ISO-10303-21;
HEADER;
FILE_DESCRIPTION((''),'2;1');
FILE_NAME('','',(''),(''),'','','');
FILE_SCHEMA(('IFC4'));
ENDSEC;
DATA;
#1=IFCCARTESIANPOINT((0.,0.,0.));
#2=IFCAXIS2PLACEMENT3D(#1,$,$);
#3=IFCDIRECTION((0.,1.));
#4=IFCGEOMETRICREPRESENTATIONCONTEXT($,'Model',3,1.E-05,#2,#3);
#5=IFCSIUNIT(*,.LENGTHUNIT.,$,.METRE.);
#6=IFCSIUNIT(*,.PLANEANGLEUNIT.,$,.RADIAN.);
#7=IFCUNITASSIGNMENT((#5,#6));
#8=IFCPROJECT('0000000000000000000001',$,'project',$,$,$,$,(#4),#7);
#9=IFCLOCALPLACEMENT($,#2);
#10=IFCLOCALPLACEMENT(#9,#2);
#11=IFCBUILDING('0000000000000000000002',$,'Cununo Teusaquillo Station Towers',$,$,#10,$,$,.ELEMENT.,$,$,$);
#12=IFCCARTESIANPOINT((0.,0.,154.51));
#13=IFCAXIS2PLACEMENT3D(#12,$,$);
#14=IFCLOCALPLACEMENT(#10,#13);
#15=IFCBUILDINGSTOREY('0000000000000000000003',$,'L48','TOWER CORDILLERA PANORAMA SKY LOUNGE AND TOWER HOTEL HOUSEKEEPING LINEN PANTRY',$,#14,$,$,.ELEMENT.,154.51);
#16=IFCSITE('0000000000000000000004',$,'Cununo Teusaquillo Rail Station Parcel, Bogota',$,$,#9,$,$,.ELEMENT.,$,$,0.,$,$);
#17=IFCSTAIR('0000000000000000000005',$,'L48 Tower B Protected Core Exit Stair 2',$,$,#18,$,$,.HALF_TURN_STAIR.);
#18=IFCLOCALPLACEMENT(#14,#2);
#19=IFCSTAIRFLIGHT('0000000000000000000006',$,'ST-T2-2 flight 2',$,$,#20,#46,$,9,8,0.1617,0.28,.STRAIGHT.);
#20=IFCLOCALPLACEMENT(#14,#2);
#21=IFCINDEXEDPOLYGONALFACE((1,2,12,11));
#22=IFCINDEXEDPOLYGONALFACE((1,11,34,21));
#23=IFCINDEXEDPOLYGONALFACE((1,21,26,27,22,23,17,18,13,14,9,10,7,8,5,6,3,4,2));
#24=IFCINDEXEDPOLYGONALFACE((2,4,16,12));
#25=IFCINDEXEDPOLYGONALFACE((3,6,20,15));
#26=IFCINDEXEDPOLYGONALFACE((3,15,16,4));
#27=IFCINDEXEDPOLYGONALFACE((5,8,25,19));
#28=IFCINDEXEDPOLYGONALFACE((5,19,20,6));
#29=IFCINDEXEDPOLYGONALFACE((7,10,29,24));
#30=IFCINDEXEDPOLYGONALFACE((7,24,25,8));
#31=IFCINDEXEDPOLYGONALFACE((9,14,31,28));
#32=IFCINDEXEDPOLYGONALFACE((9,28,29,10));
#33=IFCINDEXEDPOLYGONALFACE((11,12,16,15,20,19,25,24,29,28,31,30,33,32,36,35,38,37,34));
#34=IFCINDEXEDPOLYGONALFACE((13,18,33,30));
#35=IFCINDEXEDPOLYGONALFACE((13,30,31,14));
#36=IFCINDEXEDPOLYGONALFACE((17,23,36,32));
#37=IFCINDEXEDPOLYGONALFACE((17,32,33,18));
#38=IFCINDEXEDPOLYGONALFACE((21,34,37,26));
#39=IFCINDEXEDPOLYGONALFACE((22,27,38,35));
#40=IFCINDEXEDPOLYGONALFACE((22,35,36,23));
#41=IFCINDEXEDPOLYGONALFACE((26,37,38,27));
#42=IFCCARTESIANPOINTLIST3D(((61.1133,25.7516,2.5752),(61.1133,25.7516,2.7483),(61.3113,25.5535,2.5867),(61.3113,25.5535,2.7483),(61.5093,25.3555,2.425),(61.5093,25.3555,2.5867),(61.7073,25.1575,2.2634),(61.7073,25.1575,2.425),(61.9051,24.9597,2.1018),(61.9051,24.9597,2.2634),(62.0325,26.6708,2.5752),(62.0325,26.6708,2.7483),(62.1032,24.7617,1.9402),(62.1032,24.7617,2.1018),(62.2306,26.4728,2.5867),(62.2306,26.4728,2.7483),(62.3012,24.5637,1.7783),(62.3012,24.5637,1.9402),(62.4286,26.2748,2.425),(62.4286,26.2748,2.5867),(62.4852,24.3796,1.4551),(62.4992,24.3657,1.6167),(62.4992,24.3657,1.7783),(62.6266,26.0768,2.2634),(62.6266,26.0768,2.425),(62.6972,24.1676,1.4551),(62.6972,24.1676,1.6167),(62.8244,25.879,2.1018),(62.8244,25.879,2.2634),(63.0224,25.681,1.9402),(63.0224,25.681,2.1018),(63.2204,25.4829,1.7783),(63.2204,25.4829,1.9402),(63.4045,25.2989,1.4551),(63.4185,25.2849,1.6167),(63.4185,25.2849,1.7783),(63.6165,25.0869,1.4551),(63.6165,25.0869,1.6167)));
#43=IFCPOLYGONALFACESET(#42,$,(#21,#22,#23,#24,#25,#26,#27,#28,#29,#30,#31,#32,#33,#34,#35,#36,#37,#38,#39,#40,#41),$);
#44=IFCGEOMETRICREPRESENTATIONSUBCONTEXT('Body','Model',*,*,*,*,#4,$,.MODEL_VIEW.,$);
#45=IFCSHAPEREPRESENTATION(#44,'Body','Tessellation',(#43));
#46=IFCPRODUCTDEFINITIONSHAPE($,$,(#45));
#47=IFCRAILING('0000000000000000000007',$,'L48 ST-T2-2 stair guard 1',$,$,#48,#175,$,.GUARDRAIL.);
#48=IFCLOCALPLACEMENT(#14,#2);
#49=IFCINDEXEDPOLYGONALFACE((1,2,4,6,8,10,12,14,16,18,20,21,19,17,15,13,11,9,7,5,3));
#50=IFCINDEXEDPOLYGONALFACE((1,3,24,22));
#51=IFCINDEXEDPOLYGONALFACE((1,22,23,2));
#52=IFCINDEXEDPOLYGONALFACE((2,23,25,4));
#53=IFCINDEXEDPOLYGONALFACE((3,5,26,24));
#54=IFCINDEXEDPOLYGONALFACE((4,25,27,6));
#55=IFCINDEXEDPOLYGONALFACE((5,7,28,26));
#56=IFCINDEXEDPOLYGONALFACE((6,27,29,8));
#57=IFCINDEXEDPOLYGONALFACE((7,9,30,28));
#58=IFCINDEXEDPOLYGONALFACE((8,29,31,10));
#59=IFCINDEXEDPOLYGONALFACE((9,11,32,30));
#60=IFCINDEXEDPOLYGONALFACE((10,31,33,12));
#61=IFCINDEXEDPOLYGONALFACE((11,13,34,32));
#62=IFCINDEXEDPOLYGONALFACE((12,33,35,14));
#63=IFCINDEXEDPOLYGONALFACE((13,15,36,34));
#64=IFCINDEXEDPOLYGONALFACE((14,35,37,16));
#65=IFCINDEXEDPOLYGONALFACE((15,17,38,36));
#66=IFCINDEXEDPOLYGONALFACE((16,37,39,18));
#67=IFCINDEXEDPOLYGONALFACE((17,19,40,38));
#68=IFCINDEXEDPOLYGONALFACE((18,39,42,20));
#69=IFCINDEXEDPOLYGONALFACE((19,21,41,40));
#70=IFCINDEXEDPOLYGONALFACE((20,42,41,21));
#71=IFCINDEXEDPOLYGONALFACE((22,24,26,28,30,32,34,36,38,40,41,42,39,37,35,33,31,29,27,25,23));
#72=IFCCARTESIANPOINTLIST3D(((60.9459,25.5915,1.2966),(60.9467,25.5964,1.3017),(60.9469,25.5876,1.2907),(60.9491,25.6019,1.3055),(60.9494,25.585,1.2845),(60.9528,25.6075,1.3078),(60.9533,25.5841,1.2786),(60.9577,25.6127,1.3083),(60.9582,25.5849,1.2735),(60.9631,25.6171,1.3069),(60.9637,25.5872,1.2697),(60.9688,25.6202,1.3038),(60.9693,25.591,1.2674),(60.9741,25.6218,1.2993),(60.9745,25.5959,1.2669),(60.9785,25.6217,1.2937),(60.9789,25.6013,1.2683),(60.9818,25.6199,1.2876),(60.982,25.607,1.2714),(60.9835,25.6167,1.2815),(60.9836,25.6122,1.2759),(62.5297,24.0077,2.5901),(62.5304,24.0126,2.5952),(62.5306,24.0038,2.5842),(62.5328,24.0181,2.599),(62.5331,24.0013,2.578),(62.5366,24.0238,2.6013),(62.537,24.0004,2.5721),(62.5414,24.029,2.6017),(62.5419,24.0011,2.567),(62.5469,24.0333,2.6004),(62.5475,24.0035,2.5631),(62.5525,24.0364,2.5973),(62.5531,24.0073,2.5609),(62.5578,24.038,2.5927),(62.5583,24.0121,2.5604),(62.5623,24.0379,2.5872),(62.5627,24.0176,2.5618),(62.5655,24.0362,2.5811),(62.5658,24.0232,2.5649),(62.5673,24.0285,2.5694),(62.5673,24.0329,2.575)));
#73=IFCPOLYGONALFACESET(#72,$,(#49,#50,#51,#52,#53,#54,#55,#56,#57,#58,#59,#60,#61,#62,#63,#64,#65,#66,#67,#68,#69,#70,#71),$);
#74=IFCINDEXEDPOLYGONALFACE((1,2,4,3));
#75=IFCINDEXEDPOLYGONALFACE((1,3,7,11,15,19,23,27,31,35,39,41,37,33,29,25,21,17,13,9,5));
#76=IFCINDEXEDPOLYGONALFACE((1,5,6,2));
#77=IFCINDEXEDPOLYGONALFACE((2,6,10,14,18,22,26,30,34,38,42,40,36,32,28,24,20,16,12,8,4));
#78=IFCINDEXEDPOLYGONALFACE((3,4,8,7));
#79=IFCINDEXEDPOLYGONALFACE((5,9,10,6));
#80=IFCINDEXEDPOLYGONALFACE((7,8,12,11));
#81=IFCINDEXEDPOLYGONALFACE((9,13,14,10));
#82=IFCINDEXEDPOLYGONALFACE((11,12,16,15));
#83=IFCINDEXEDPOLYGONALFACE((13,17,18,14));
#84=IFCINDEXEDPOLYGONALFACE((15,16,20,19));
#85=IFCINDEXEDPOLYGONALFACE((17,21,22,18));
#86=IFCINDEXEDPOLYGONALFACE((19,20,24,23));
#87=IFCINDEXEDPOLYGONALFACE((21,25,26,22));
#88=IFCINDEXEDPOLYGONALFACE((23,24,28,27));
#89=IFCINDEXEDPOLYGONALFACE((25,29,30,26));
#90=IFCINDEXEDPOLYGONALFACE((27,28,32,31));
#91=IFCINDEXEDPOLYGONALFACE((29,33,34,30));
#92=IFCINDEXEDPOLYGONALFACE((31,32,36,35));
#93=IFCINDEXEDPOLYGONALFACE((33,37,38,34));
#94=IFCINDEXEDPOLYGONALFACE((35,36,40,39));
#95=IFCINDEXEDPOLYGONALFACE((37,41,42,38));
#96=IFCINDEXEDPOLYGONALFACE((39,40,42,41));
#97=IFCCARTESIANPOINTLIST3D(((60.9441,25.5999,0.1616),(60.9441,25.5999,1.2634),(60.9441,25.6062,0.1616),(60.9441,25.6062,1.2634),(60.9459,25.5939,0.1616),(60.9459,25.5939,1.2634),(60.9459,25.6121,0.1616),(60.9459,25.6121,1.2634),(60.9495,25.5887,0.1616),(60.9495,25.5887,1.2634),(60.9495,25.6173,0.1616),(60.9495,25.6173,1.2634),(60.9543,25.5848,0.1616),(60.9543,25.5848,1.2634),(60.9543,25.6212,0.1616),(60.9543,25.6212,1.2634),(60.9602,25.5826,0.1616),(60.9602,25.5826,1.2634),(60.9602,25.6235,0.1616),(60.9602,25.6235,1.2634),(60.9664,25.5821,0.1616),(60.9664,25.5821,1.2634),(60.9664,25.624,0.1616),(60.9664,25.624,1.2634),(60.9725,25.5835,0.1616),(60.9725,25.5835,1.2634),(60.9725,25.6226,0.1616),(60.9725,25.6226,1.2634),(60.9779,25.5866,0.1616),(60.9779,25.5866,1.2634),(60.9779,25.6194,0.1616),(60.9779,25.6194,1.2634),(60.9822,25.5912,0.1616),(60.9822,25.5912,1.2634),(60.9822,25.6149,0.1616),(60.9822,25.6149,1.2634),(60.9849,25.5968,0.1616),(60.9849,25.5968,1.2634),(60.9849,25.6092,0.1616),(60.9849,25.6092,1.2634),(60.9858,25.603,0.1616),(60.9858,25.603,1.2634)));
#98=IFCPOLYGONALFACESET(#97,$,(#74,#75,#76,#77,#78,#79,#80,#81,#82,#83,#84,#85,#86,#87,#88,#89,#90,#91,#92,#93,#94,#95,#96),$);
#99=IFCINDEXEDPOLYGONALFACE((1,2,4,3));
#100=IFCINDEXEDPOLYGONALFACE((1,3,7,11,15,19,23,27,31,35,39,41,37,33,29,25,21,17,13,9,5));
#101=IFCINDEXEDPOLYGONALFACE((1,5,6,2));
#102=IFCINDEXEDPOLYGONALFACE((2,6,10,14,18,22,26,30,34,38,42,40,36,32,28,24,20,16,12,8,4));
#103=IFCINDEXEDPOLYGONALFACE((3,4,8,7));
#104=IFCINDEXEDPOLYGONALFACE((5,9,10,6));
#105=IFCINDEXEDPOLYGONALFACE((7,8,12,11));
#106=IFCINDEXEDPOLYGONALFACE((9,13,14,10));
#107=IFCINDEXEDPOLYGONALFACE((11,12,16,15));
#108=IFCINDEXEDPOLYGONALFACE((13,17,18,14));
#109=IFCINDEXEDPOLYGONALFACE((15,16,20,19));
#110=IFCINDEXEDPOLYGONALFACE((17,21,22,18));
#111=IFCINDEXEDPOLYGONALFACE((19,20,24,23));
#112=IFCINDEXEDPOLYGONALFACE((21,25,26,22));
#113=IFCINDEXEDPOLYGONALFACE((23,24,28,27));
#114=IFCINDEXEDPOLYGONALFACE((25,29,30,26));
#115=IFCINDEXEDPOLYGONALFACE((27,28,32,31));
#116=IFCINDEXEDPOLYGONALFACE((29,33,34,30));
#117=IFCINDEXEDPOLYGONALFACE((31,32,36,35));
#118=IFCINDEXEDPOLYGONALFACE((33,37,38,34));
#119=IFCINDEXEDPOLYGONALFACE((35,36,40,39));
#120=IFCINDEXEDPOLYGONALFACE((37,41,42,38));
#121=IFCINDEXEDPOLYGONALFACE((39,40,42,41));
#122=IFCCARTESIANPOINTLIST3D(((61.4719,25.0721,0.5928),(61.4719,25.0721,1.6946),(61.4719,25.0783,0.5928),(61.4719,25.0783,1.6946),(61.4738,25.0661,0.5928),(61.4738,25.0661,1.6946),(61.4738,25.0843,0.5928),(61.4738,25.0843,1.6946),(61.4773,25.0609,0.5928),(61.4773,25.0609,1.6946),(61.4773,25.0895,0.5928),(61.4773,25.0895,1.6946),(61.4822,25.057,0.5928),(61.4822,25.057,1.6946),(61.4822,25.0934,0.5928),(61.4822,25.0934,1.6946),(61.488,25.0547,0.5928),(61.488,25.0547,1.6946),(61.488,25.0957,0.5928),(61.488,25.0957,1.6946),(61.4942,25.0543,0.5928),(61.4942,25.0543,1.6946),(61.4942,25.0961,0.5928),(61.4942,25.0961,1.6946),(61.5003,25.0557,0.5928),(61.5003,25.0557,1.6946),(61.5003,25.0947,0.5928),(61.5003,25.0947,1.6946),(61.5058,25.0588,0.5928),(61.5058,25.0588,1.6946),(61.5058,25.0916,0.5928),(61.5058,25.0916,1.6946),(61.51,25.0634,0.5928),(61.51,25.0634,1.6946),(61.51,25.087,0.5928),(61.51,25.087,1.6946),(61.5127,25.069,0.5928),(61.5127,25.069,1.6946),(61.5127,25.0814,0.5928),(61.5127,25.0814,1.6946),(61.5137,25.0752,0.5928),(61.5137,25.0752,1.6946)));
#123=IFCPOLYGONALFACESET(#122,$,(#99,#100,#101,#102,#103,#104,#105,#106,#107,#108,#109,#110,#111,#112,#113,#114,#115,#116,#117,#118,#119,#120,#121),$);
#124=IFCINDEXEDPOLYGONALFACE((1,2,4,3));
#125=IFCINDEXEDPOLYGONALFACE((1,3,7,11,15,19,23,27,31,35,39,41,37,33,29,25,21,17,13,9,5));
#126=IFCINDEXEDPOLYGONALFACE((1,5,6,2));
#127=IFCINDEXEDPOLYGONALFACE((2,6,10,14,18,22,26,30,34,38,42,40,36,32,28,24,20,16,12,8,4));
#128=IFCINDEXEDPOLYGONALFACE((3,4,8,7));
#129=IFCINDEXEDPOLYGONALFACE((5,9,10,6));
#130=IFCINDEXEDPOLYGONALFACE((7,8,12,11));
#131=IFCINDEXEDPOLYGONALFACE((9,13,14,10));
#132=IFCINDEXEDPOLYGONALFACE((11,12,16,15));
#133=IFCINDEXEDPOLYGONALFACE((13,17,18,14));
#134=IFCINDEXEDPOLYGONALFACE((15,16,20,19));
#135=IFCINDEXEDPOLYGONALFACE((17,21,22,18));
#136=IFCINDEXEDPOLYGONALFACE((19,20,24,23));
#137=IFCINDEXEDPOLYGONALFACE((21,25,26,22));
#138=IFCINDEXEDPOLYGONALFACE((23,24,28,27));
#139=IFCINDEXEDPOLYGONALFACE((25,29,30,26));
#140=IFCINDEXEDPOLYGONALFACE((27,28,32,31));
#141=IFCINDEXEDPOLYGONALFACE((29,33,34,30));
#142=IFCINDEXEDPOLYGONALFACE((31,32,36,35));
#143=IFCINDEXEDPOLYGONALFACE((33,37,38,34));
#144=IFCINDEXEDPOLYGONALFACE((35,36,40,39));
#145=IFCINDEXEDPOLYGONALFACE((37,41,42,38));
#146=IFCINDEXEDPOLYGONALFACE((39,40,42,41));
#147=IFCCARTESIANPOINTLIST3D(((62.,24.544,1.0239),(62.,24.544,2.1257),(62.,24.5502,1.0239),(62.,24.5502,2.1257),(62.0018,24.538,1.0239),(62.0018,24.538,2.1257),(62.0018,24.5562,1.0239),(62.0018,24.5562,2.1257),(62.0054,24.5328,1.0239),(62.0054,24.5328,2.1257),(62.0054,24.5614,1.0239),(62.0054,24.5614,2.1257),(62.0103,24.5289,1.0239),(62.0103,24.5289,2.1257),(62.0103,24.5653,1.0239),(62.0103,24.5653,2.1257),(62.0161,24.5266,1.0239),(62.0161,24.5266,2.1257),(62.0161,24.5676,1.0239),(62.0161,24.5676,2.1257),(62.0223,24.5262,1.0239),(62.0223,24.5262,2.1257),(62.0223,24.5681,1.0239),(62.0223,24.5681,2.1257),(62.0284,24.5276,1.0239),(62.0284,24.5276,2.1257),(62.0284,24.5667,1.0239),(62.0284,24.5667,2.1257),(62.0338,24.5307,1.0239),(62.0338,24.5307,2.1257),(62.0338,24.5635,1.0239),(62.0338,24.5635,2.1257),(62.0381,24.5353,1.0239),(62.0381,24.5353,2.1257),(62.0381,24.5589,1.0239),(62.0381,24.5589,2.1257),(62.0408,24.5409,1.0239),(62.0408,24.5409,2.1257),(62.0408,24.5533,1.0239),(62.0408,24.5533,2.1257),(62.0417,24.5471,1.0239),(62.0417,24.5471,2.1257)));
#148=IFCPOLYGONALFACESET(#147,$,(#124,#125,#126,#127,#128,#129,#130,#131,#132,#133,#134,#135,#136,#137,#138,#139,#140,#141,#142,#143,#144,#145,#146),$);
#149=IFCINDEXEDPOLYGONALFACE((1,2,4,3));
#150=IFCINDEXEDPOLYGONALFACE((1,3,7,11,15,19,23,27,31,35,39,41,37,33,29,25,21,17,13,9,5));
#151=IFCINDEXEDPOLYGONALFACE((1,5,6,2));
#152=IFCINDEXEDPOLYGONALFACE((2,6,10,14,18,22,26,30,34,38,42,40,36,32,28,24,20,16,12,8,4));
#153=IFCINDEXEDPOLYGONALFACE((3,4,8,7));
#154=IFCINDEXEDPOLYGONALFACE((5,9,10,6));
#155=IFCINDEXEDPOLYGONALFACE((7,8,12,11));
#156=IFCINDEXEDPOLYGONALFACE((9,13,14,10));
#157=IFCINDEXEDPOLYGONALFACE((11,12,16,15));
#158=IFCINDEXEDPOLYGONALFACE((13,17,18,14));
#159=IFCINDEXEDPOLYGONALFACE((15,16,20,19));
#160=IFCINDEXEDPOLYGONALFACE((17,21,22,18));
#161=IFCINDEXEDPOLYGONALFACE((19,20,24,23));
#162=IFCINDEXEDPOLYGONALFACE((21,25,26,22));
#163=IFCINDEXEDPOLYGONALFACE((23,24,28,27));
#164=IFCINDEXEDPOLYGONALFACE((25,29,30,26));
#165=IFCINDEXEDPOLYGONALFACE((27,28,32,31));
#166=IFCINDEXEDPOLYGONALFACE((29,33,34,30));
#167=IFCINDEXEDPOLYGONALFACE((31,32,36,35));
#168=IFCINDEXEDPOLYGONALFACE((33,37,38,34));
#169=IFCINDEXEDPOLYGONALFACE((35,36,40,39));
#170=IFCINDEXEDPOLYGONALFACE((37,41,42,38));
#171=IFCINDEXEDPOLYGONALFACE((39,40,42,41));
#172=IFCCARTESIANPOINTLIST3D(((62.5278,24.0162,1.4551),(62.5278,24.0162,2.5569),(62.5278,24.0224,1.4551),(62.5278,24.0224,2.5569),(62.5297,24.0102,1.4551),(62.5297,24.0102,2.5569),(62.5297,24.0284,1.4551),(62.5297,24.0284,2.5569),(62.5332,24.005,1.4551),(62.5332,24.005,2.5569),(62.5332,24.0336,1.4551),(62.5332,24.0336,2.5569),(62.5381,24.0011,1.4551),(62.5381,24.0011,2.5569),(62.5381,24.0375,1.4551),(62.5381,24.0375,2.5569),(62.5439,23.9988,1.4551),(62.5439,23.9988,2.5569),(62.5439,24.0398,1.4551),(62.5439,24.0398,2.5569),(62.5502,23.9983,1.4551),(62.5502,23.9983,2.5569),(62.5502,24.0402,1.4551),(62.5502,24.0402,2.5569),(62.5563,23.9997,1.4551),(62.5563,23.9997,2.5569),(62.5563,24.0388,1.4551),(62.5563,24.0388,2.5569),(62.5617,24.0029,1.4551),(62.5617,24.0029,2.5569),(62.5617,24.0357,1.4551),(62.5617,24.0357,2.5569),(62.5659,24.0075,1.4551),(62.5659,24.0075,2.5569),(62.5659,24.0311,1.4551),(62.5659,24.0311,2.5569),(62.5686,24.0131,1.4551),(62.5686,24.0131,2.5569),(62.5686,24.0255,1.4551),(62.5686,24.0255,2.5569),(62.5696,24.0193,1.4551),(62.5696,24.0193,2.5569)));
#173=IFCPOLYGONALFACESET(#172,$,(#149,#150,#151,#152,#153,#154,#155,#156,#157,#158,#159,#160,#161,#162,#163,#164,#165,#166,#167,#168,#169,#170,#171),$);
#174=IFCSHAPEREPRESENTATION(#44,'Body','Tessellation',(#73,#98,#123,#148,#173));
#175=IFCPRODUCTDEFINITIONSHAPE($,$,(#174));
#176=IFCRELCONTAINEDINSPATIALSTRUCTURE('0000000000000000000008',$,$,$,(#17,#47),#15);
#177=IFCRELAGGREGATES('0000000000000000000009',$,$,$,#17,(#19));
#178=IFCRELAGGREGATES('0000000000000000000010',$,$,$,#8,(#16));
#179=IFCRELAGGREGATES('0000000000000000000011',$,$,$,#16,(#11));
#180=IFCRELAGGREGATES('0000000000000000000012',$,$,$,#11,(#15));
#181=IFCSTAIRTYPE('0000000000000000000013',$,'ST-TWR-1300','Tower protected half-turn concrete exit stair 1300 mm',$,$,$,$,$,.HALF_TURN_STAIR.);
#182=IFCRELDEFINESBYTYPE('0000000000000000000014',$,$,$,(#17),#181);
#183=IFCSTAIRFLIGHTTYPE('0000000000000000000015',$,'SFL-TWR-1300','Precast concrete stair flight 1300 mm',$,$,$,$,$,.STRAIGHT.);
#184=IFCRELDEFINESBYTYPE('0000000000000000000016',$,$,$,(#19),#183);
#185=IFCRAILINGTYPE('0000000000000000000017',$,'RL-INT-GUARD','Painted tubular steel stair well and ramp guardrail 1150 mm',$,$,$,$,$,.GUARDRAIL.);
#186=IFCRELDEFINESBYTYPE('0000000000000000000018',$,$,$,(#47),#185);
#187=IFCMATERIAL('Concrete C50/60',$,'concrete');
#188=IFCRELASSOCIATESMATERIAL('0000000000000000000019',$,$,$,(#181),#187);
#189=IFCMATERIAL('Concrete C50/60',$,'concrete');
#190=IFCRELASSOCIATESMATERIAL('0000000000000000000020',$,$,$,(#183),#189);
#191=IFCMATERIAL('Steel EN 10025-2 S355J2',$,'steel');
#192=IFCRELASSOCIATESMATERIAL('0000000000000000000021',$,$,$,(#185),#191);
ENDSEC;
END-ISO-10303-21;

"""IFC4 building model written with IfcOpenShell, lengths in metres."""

from ifc_helpers import new_model, si_unit, direction, frame, origin, origin_2d, place, context, subcontext, project, spatial, polyline, circle, outline, extrude, material, type_object, element, aggregate, save


model = new_model("IFC4")

# Units and contexts
model_context = context("Model", 3, precision=1e-05, world=origin(), true_north=direction((0.0, 1.0)))
body_context = subcontext(model_context, "Body", "Model", "MODEL_VIEW")
ifc_project = project(units=[si_unit("LENGTHUNIT", "METRE"), si_unit("PLANEANGLEUNIT", "RADIAN")], contexts=[model_context])

# Site, building, storey
site_placement = place(None, origin())
site = spatial("IfcSite", under=ifc_project, at=site_placement, Name="Cununo Teusaquillo Rail Station Parcel, Bogota", CompositionType="ELEMENT", RefElevation=0.0)
building_placement = place(site_placement, origin())
building = spatial("IfcBuilding", under=site, at=building_placement, Name="Cununo Teusaquillo Station Towers", CompositionType="ELEMENT")
storey_placement = place(building_placement, frame((0.0, 0.0, 154.51)))
storey = spatial("IfcBuildingStorey", under=building, at=storey_placement, Name="L48", Description="TOWER CORDILLERA PANORAMA SKY LOUNGE AND TOWER HOTEL HOUSEKEEPING LINEN PANTRY", CompositionType="ELEMENT", Elevation=154.51)

# Stair, stair flight
ifc_material_1 = material(Name="Concrete C50/60", Category="concrete")
stair_type = type_object("IfcStairType", Name="ST-TWR-1300", Description="Tower protected half-turn concrete exit stair 1300 mm", PredefinedType="HALF_TURN_STAIR", material=ifc_material_1)
stair_placement = place(storey_placement, origin())
stair = element("IfcStair", 1, at=stair_placement, inside=storey, type_object=stair_type, Name="L48 Tower B Protected Core Exit Stair 2", PredefinedType="HALF_TURN_STAIR")
ifc_material_2 = material(Name="Concrete C50/60", Category="concrete")
stair_flight_type = type_object("IfcStairFlightType", Name="SFL-TWR-1300", Description="Precast concrete stair flight 1300 mm", PredefinedType="STRAIGHT", material=ifc_material_2)
stair_flight_1_placement = place(storey_placement, frame((63.1567, 24.6272, 1.4551), z_axis=(0.0, 0.0, 1.0), x_axis=(-0.707107, 0.707107, 0.0)))
stair_flight_1 = element("IfcStairFlight", 2, at=stair_flight_1_placement, type_object=stair_flight_type, Name="ST-T2-2 flight 2", NumberOfRisers=9, NumberOfTreads=8, PredefinedType="STRAIGHT", RiserHeight=0.1617, TreadLength=0.28, context=body_context, shape_type="SweptSolid", body=[
    extrude(outline(polyline([(0.0, 0.0), (0.0, 0.1616), (0.28, 0.1616), (0.28, 0.3232), (0.5601, 0.3232), (0.5601, 0.4851), (0.8401, 0.4851), (0.8401, 0.6467), (1.1201, 0.6467), (1.1201, 0.8083), (1.3999, 0.8083), (1.3999, 0.97), (1.6799, 0.97), (1.6799, 1.1316), (1.96, 1.1316), (1.96, 1.2932), (2.24, 1.2932), (2.24, 1.4551), (2.24, 1.1201), (0.2998, 0.0), (0.0, 0.0)])), frame((0.0, 0.6499, 0.0), z_axis=(0.0, -1.0, 0.0), x_axis=(1.0, 0.0, 0.0)), (0.0, 0.0, 1.0), 1.3),
])
aggregate(stair, [stair_flight_1])

# Railing
ifc_material_3 = material(Name="Steel EN 10025-2 S355J2", Category="steel")
railing_type_1 = type_object("IfcRailingType", Name="RL-INT-GUARD", Description="Painted tubular steel stair well and ramp guardrail 1150 mm", PredefinedType="GUARDRAIL", material=ifc_material_3)
railing_1_placement = place(storey_placement, frame((60.9648, 25.603, 0.1616)))
element("IfcRailing", 3, at=railing_1_placement, inside=storey, type_object=railing_type_1, Name="L48 ST-T2-2 stair guard 1", PredefinedType="GUARDRAIL", context=body_context, shape_type="SweptSolid", body=[
    extrude(circle(Radius=0.0239, at=origin_2d()), frame((0.0, 0.0, 1.126), z_axis=(0.612332, -0.612332, 0.500098), x_axis=(0.707107, 0.707107, 0.0)), (0.0, 0.0, 1.0), 2.5864),
    extrude(circle(Radius=0.021, at=origin_2d()), origin(), (0.0, 0.0, 1.0), 1.1018),
    extrude(circle(Radius=0.021, at=origin_2d()), frame((0.5278, -0.5278, 0.4312)), (0.0, 0.0, 1.0), 1.1018),
    extrude(circle(Radius=0.021, at=origin_2d()), frame((1.0559, -1.0559, 0.8623)), (0.0, 0.0, 1.0), 1.1018),
    extrude(circle(Radius=0.021, at=origin_2d()), frame((1.5837, -1.5837, 1.2935)), (0.0, 0.0, 1.0), 1.1018),
])

save(model, "model.ifc")
